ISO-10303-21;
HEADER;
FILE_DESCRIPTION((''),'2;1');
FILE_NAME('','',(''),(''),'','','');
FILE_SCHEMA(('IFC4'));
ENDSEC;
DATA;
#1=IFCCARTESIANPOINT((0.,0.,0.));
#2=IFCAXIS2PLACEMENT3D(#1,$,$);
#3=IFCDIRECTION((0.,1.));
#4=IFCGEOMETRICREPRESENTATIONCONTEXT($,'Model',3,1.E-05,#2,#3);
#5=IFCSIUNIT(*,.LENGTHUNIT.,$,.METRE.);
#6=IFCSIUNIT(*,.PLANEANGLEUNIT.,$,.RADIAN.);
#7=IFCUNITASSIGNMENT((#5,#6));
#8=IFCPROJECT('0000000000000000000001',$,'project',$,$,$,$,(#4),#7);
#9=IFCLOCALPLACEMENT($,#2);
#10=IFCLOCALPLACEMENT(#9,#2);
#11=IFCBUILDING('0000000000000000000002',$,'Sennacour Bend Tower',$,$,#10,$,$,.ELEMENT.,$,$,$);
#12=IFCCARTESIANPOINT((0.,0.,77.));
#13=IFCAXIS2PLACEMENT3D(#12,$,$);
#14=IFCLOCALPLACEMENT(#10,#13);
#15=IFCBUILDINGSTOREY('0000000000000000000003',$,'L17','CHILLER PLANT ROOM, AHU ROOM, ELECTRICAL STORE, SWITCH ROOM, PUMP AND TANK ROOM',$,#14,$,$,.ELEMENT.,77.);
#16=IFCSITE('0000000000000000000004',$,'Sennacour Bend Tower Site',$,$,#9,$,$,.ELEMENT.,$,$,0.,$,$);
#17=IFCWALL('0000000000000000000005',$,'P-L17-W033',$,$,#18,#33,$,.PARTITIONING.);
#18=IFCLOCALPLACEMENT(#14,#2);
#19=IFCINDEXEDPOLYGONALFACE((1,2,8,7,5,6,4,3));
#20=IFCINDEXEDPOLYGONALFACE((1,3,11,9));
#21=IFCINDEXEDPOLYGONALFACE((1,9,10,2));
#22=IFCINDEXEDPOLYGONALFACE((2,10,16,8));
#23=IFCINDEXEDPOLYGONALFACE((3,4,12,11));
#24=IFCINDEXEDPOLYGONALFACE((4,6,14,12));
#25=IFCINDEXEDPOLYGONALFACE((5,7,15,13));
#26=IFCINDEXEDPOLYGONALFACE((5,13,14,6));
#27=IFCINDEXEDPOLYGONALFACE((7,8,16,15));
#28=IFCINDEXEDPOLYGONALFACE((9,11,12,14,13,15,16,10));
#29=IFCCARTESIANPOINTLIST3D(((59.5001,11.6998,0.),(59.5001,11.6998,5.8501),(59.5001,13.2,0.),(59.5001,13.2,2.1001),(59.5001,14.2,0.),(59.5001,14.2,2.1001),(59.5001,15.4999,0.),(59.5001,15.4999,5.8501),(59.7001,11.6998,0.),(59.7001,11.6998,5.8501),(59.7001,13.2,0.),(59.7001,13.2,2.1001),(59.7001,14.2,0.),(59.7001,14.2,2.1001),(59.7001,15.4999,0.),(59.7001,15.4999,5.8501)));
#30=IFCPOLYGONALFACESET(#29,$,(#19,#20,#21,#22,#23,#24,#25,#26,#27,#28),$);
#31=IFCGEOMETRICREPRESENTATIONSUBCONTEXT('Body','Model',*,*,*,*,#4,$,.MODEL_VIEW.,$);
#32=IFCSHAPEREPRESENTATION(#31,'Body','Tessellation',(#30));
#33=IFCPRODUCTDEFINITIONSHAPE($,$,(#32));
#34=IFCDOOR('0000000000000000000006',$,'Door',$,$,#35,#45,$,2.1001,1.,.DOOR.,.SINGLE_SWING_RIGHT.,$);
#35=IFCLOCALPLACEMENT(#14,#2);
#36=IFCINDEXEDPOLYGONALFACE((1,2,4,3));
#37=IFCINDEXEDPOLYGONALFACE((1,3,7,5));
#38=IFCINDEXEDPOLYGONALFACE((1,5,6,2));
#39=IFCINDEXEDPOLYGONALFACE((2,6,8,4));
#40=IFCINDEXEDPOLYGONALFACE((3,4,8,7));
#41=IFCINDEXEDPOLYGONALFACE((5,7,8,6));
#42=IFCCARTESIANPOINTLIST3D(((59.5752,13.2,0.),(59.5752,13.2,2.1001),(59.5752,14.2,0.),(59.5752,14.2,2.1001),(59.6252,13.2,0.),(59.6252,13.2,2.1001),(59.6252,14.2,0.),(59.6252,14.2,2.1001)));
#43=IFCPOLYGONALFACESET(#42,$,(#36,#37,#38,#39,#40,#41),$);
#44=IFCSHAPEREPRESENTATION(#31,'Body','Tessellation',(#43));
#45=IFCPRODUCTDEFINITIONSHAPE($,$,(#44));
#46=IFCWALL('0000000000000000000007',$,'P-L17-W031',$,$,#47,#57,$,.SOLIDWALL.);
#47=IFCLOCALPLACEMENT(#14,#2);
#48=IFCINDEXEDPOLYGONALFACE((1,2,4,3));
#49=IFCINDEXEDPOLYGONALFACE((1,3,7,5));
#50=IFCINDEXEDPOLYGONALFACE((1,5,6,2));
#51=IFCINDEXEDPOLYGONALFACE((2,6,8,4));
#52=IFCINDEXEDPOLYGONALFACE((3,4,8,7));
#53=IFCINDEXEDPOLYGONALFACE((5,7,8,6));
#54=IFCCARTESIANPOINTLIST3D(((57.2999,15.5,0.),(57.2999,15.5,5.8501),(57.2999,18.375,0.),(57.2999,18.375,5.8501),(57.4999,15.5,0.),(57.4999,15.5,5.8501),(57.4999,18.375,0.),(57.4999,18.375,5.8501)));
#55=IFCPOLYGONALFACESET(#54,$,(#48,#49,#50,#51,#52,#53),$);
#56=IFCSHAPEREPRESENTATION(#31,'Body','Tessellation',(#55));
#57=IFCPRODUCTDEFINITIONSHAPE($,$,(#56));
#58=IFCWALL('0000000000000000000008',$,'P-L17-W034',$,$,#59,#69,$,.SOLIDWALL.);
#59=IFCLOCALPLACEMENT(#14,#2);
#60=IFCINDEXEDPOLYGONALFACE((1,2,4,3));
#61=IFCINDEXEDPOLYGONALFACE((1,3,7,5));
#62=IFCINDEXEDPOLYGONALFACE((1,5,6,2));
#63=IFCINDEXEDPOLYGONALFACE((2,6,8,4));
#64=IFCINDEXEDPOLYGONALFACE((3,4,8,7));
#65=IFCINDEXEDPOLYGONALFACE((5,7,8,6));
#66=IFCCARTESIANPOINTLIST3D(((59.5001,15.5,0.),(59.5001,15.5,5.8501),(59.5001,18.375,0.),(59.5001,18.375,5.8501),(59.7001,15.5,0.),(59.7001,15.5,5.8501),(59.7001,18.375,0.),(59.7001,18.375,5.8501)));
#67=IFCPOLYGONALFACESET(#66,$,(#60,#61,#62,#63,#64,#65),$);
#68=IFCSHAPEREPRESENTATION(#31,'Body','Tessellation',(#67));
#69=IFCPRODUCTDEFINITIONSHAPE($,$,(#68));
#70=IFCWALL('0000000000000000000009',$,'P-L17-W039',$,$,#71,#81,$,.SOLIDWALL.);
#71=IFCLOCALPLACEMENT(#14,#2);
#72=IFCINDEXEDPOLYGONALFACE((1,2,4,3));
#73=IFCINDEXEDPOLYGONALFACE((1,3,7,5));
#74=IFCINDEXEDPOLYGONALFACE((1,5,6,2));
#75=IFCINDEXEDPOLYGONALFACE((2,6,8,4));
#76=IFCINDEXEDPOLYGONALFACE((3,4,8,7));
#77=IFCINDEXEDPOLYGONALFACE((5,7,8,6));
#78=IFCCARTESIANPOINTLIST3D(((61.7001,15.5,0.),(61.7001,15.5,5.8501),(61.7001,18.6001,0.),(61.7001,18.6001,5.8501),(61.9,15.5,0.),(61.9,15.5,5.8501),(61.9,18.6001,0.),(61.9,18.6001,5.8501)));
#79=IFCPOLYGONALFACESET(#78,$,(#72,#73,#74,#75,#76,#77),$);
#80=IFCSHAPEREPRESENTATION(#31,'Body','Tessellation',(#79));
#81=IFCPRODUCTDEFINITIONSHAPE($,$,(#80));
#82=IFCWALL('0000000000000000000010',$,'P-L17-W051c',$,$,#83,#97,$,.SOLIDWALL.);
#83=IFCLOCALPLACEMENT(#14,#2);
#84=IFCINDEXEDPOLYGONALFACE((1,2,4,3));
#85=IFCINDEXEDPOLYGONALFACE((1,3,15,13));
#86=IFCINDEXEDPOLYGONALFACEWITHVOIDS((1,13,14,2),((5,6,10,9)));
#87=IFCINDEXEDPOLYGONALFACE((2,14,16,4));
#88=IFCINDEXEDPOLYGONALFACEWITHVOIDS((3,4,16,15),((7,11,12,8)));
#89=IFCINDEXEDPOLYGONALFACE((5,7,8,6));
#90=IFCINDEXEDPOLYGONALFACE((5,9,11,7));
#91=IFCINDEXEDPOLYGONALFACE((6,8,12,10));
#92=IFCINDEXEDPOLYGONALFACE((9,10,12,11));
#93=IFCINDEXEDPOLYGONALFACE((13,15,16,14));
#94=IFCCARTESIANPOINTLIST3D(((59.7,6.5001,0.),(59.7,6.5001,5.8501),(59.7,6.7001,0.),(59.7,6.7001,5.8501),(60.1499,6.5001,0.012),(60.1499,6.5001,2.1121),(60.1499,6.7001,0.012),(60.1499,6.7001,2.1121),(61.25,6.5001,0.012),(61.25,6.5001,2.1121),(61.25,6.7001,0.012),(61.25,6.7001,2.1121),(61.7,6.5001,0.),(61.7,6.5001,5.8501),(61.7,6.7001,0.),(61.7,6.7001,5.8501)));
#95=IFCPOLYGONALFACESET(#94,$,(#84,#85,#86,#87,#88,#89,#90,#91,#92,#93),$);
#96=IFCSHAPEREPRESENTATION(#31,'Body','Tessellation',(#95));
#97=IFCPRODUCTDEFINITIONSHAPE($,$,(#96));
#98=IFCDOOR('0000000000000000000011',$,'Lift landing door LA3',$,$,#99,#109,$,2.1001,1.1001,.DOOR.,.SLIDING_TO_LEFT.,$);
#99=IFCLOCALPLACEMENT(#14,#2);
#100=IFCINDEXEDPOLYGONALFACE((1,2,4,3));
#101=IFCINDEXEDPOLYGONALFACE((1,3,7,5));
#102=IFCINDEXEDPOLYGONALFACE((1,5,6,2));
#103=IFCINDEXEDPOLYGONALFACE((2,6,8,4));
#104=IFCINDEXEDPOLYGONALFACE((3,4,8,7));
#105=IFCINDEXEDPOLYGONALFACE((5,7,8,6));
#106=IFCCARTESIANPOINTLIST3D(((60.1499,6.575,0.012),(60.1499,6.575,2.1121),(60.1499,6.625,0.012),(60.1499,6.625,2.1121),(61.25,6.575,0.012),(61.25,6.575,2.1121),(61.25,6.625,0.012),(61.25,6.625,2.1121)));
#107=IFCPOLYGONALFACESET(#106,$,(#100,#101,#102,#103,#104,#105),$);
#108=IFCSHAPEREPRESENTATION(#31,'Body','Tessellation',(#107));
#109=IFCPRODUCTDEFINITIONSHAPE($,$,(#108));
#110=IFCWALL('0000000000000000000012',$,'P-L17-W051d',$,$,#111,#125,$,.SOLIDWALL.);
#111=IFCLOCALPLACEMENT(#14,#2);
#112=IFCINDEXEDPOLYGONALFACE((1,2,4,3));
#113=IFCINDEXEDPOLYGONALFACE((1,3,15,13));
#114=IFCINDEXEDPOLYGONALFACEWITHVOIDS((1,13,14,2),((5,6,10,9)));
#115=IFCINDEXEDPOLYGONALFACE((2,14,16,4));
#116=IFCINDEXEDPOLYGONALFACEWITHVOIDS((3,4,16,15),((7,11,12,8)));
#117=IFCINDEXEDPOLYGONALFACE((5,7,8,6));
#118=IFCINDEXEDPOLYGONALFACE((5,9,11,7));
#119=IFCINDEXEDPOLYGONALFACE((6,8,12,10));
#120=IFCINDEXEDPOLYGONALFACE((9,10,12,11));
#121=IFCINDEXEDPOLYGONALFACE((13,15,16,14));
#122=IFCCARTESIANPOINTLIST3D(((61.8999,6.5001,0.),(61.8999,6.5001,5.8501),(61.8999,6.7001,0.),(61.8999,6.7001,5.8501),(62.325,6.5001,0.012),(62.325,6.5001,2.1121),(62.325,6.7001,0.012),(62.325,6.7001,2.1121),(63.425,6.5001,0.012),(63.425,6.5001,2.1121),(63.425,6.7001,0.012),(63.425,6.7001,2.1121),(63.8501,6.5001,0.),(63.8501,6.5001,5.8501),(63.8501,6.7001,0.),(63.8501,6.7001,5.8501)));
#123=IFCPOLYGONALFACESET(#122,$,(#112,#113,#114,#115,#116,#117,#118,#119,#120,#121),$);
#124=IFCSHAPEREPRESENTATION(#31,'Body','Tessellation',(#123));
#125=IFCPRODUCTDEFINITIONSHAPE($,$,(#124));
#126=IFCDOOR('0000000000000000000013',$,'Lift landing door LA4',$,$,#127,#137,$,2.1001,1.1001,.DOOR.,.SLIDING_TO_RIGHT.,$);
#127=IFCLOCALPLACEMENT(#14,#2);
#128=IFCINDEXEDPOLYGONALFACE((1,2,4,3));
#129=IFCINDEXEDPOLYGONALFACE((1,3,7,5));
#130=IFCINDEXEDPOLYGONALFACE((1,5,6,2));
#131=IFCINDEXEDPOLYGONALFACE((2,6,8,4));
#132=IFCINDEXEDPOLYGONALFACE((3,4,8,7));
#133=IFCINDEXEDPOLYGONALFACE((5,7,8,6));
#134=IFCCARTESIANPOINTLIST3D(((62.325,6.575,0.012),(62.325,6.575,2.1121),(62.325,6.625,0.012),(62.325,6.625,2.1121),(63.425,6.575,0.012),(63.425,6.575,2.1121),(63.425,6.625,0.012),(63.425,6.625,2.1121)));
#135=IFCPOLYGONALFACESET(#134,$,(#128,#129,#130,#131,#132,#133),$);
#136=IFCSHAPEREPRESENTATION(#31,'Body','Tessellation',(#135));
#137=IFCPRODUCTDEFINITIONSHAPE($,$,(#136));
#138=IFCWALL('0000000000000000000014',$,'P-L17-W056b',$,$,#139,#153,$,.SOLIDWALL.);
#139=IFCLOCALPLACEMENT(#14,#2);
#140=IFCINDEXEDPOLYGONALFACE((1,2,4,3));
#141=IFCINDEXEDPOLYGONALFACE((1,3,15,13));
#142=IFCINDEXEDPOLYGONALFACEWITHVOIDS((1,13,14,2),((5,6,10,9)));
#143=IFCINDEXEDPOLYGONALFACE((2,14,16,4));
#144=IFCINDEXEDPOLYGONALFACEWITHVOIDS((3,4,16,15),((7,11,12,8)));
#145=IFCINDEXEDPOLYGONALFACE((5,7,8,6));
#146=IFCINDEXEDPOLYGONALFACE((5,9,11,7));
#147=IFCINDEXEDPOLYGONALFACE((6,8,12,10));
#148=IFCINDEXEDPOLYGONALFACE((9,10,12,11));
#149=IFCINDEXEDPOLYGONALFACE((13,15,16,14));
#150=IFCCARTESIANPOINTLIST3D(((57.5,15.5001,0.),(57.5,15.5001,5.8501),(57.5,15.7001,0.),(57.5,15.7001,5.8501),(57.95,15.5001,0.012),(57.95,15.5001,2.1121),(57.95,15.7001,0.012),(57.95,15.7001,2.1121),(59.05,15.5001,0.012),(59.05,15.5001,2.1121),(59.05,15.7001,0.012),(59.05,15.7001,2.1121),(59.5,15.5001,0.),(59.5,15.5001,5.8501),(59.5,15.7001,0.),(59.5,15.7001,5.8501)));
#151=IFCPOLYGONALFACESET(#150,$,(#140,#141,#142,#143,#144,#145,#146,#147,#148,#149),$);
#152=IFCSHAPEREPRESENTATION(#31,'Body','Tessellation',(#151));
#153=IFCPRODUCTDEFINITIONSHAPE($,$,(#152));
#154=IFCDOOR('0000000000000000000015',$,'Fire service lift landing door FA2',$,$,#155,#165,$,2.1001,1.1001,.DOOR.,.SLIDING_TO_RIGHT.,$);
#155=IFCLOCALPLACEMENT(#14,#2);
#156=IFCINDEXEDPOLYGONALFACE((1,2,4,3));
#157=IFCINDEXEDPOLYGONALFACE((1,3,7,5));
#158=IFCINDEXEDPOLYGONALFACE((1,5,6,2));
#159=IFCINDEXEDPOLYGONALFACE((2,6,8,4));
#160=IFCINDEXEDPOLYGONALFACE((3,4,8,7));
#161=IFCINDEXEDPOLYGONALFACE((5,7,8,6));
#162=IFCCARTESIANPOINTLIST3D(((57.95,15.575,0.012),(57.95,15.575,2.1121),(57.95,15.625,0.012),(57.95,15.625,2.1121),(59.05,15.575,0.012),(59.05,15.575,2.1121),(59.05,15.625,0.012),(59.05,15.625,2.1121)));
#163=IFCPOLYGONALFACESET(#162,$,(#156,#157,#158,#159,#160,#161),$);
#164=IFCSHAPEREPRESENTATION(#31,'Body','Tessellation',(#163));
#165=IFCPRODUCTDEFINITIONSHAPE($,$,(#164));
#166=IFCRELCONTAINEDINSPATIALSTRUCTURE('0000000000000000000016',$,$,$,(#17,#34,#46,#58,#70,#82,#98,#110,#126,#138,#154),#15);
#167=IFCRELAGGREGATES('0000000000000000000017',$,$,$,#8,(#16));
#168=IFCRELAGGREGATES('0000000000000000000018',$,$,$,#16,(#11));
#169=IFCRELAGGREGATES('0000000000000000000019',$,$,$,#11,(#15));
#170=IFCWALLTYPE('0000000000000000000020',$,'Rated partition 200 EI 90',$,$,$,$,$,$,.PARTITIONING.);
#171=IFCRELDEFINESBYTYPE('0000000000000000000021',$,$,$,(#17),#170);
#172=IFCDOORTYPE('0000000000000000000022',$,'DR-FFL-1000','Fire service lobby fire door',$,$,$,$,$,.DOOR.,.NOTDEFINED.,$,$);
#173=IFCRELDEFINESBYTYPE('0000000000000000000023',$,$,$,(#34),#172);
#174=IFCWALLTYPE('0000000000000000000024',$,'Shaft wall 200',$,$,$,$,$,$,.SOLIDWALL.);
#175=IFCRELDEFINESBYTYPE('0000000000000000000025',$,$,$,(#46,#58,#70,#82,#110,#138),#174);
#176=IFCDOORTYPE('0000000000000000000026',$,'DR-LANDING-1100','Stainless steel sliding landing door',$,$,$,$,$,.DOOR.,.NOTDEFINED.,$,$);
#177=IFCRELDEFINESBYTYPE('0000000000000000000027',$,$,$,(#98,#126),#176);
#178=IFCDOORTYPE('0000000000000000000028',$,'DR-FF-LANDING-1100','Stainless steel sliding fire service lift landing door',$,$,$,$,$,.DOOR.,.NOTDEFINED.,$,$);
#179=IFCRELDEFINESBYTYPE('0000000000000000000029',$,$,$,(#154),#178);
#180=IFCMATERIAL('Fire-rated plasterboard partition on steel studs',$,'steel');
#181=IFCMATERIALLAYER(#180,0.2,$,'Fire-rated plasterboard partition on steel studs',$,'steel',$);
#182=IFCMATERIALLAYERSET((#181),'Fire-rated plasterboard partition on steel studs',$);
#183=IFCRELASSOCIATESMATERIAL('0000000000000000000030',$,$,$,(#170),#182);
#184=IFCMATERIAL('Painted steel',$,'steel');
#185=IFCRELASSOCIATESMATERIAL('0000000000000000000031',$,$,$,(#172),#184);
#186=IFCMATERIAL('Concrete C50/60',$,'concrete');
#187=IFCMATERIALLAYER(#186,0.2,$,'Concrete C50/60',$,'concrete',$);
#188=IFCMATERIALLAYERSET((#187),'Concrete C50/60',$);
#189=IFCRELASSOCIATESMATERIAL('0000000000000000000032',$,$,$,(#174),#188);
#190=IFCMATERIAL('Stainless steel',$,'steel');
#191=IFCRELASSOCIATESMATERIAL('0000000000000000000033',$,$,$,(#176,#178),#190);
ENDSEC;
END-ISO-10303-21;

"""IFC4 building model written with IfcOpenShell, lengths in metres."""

from ifc_helpers import new_model, si_unit, direction, frame, frame_2d, origin, place, context, subcontext, project, spatial, rectangle, extrude, material, layer, layer_set, type_object, element, fill, save


model = new_model("IFC4")

# Units and contexts
model_context = context("Model", 3, precision=1e-05, world=origin(), true_north=direction((0.0, 1.0)))
body_context = subcontext(model_context, "Body", "Model", "MODEL_VIEW")
ifc_project = project(units=[si_unit("LENGTHUNIT", "METRE"), si_unit("PLANEANGLEUNIT", "RADIAN")], contexts=[model_context])

# Site, building, storey
site_placement = place(None, origin())
site = spatial("IfcSite", under=ifc_project, at=site_placement, Name="Sennacour Bend Tower Site", CompositionType="ELEMENT", RefElevation=0.0)
building_placement = place(site_placement, origin())
building = spatial("IfcBuilding", under=site, at=building_placement, Name="Sennacour Bend Tower", CompositionType="ELEMENT")
storey_placement = place(building_placement, frame((0.0, 0.0, 77.0)))
storey = spatial("IfcBuildingStorey", under=building, at=storey_placement, Name="L17", Description="CHILLER PLANT ROOM, AHU ROOM, ELECTRICAL STORE, SWITCH ROOM, PUMP AND TANK ROOM", CompositionType="ELEMENT", Elevation=77.0)

# Shared definitions
ifc_material_1 = material(Name="Fire-rated plasterboard partition on steel studs", Category="steel")

# Shared definitions
ifc_material_2 = material(Name="Painted steel", Category="steel")

# Wall, opening, door
ifc_layer_1 = layer(ifc_material_1, 0.2, Name="Fire-rated plasterboard partition on steel studs", Category="steel")
ifc_layer_set_1 = layer_set([ifc_layer_1], Name="Fire-rated plasterboard partition on steel studs")
wall_type_1 = type_object("IfcWallType", Name="Rated partition 200 EI 90", PredefinedType="PARTITIONING", material=ifc_layer_set_1)
wall_1_placement = place(storey_placement, frame((59.6001, 11.7, 0.0), z_axis=(0.0, 0.0, 1.0), x_axis=(0.0, 1.0, 0.0)))
wall_1 = element("IfcWall", 1, at=wall_1_placement, inside=storey, type_object=wall_type_1, Name="P-L17-W033", PredefinedType="PARTITIONING", context=body_context, shape_type="SweptSolid", body=[
    extrude(rectangle(XDim=3.8, YDim=0.2, at=frame_2d((1.8999, 0.0))), origin(), (0.0, 0.0, 1.0), 5.8501),
])
opening_1_placement = place(wall_1_placement, frame((1.5, 0.0, 0.0)))
opening_1 = element("IfcOpeningElement", 2, at=opening_1_placement, cuts=wall_1, PredefinedType="OPENING", context=body_context, shape_type="SweptSolid", body=[
    extrude(rectangle(XDim=1.0, YDim=2.1001, at=frame_2d((0.5, 1.05))), frame((0.0, 0.1099, 0.0), z_axis=(0.0, -1.0, 0.0), x_axis=(1.0, 0.0, 0.0)), (0.0, 0.0, 1.0), 0.22),
])
door_type_1 = type_object("IfcDoorType", Name="DR-FFL-1000", Description="Fire service lobby fire door", OperationType="NOTDEFINED", PredefinedType="DOOR", material=ifc_material_2)
door_1_placement = place(opening_1_placement, origin())
door_1 = element("IfcDoor", 3, at=door_1_placement, inside=storey, type_object=door_type_1, Name="Door", OperationType="SINGLE_SWING_RIGHT", OverallHeight=2.1001, OverallWidth=1.0, PredefinedType="DOOR", context=body_context, shape_type="SweptSolid", body=[
    extrude(rectangle(XDim=1.0, YDim=2.1001, at=frame_2d((0.5, 1.05))), frame((0.0, 0.0249, 0.0), z_axis=(0.0, -1.0, 0.0), x_axis=(1.0, 0.0, 0.0)), (0.0, 0.0, 1.0), 0.05),
])
fill(opening_1, door_1)

# Walls
ifc_material_3 = material(Name="Concrete C50/60", Category="concrete")
ifc_layer_2 = layer(ifc_material_3, 0.2, Name="Concrete C50/60", Category="concrete")
ifc_layer_set_2 = layer_set([ifc_layer_2], Name="Concrete C50/60")
wall_type_2 = type_object("IfcWallType", Name="Shaft wall 200", PredefinedType="SOLIDWALL", material=ifc_layer_set_2)
for number, where, z_axis, x_axis, name in (
    (4, (57.3999, 15.5, 0.0), (0.0, 0.0, 1.0), (0.0, 1.0, 0.0), "P-L17-W031"),
    (5, (59.6001, 15.5, 0.0), (0.0, 0.0, 1.0), (0.0, 1.0, 0.0), "P-L17-W034"),
):
    element("IfcWall", number, at=place(storey_placement, frame(where, z_axis=z_axis, x_axis=x_axis)), inside=storey, type_object=wall_type_2, Name=name, PredefinedType="SOLIDWALL", context=body_context, shape_type="SweptSolid", body=[
        extrude(rectangle(XDim=2.875, YDim=0.2, at=frame_2d((1.4375, 0.0))), origin(), (0.0, 0.0, 1.0), 5.8501),
    ])
wall_2_placement = place(storey_placement, frame((61.8, 15.5, 0.0), z_axis=(0.0, 0.0, 1.0), x_axis=(0.0, 1.0, 0.0)))
element("IfcWall", 6, at=wall_2_placement, inside=storey, type_object=wall_type_2, Name="P-L17-W039", PredefinedType="SOLIDWALL", context=body_context, shape_type="SweptSolid", body=[
    extrude(rectangle(XDim=3.1001, YDim=0.2, at=frame_2d((1.55, 0.0))), origin(), (0.0, 0.0, 1.0), 5.8501),
])

# Walls, openings, doors
wall_3_placement = place(storey_placement, frame((59.7, 6.6001, 0.0), z_axis=(0.0, 0.0, 1.0), x_axis=(1.0, 0.0, 0.0)))
wall_3 = element("IfcWall", 7, at=wall_3_placement, inside=storey, type_object=wall_type_2, Name="P-L17-W051c", PredefinedType="SOLIDWALL", context=body_context, shape_type="SweptSolid", body=[
    extrude(rectangle(XDim=2.0, YDim=0.2, at=frame_2d((1.0, 0.0))), origin(), (0.0, 0.0, 1.0), 5.8501),
])
opening_2_placement = place(wall_3_placement, frame((0.45, 0.0, 0.012)))
opening_2 = element("IfcOpeningElement", 8, at=opening_2_placement, cuts=wall_3, PredefinedType="OPENING", context=body_context, shape_type="SweptSolid", body=[
    extrude(rectangle(XDim=1.1001, YDim=2.1001, at=frame_2d((0.55, 1.05))), frame((0.0, 0.1099, 0.0), z_axis=(0.0, -1.0, 0.0), x_axis=(1.0, 0.0, 0.0)), (0.0, 0.0, 1.0), 0.22),
])
ifc_material_4 = material(Name="Stainless steel", Category="steel")
door_type_2 = type_object("IfcDoorType", Name="DR-LANDING-1100", Description="Stainless steel sliding landing door", OperationType="NOTDEFINED", PredefinedType="DOOR", material=ifc_material_4)
door_2_placement = place(opening_2_placement, origin())
door_2 = element("IfcDoor", 9, at=door_2_placement, inside=storey, type_object=door_type_2, Name="Lift landing door LA3", OperationType="SLIDING_TO_LEFT", OverallHeight=2.1001, OverallWidth=1.1001, PredefinedType="DOOR", context=body_context, shape_type="SweptSolid", body=[
    extrude(rectangle(XDim=1.1001, YDim=2.1001, at=frame_2d((0.55, 1.05))), frame((0.0, 0.0249, 0.0), z_axis=(0.0, -1.0, 0.0), x_axis=(1.0, 0.0, 0.0)), (0.0, 0.0, 1.0), 0.05),
])
fill(opening_2, door_2)
wall_4_placement = place(storey_placement, frame((61.8999, 6.6001, 0.0), z_axis=(0.0, 0.0, 1.0), x_axis=(1.0, 0.0, 0.0)))
wall_4 = element("IfcWall", 10, at=wall_4_placement, inside=storey, type_object=wall_type_2, Name="P-L17-W051d", PredefinedType="SOLIDWALL", context=body_context, shape_type="SweptSolid", body=[
    extrude(rectangle(XDim=1.9502, YDim=0.2, at=frame_2d((0.9751, 0.0))), origin(), (0.0, 0.0, 1.0), 5.8501),
])
opening_3_placement = place(wall_4_placement, frame((0.425, 0.0, 0.012)))
opening_3 = element("IfcOpeningElement", 11, at=opening_3_placement, cuts=wall_4, PredefinedType="OPENING", context=body_context, shape_type="SweptSolid", body=[
    extrude(rectangle(XDim=1.1001, YDim=2.1001, at=frame_2d((0.55, 1.05))), frame((0.0, 0.1099, 0.0), z_axis=(0.0, -1.0, 0.0), x_axis=(1.0, 0.0, 0.0)), (0.0, 0.0, 1.0), 0.22),
])
door_3_placement = place(opening_3_placement, origin())
door_3 = element("IfcDoor", 12, at=door_3_placement, inside=storey, type_object=door_type_2, Name="Lift landing door LA4", OperationType="SLIDING_TO_RIGHT", OverallHeight=2.1001, OverallWidth=1.1001, PredefinedType="DOOR", context=body_context, shape_type="SweptSolid", body=[
    extrude(rectangle(XDim=1.1001, YDim=2.1001, at=frame_2d((0.55, 1.05))), frame((0.0, 0.0249, 0.0), z_axis=(0.0, -1.0, 0.0), x_axis=(1.0, 0.0, 0.0)), (0.0, 0.0, 1.0), 0.05),
])
fill(opening_3, door_3)
wall_5_placement = place(storey_placement, frame((57.5, 15.6001, 0.0), z_axis=(0.0, 0.0, 1.0), x_axis=(1.0, 0.0, 0.0)))
wall_5 = element("IfcWall", 13, at=wall_5_placement, inside=storey, type_object=wall_type_2, Name="P-L17-W056b", PredefinedType="SOLIDWALL", context=body_context, shape_type="SweptSolid", body=[
    extrude(rectangle(XDim=2.0, YDim=0.2, at=frame_2d((1.0, 0.0))), origin(), (0.0, 0.0, 1.0), 5.8501),
])
opening_4_placement = place(wall_5_placement, frame((0.45, 0.0, 0.012)))
opening_4 = element("IfcOpeningElement", 14, at=opening_4_placement, cuts=wall_5, PredefinedType="OPENING", context=body_context, shape_type="SweptSolid", body=[
    extrude(rectangle(XDim=1.1001, YDim=2.1001, at=frame_2d((0.55, 1.05))), frame((0.0, 0.1099, 0.0), z_axis=(0.0, -1.0, 0.0), x_axis=(1.0, 0.0, 0.0)), (0.0, 0.0, 1.0), 0.22),
])
door_type_3 = type_object("IfcDoorType", Name="DR-FF-LANDING-1100", Description="Stainless steel sliding fire service lift landing door", OperationType="NOTDEFINED", PredefinedType="DOOR", material=ifc_material_4)
door_4_placement = place(opening_4_placement, origin())
door_4 = element("IfcDoor", 15, at=door_4_placement, inside=storey, type_object=door_type_3, Name="Fire service lift landing door FA2", OperationType="SLIDING_TO_RIGHT", OverallHeight=2.1001, OverallWidth=1.1001, PredefinedType="DOOR", context=body_context, shape_type="SweptSolid", body=[
    extrude(rectangle(XDim=1.1001, YDim=2.1001, at=frame_2d((0.55, 1.05))), frame((0.0, 0.0249, 0.0), z_axis=(0.0, -1.0, 0.0), x_axis=(1.0, 0.0, 0.0)), (0.0, 0.0, 1.0), 0.05),
])
fill(opening_4, door_4)

save(model, "model.ifc")
